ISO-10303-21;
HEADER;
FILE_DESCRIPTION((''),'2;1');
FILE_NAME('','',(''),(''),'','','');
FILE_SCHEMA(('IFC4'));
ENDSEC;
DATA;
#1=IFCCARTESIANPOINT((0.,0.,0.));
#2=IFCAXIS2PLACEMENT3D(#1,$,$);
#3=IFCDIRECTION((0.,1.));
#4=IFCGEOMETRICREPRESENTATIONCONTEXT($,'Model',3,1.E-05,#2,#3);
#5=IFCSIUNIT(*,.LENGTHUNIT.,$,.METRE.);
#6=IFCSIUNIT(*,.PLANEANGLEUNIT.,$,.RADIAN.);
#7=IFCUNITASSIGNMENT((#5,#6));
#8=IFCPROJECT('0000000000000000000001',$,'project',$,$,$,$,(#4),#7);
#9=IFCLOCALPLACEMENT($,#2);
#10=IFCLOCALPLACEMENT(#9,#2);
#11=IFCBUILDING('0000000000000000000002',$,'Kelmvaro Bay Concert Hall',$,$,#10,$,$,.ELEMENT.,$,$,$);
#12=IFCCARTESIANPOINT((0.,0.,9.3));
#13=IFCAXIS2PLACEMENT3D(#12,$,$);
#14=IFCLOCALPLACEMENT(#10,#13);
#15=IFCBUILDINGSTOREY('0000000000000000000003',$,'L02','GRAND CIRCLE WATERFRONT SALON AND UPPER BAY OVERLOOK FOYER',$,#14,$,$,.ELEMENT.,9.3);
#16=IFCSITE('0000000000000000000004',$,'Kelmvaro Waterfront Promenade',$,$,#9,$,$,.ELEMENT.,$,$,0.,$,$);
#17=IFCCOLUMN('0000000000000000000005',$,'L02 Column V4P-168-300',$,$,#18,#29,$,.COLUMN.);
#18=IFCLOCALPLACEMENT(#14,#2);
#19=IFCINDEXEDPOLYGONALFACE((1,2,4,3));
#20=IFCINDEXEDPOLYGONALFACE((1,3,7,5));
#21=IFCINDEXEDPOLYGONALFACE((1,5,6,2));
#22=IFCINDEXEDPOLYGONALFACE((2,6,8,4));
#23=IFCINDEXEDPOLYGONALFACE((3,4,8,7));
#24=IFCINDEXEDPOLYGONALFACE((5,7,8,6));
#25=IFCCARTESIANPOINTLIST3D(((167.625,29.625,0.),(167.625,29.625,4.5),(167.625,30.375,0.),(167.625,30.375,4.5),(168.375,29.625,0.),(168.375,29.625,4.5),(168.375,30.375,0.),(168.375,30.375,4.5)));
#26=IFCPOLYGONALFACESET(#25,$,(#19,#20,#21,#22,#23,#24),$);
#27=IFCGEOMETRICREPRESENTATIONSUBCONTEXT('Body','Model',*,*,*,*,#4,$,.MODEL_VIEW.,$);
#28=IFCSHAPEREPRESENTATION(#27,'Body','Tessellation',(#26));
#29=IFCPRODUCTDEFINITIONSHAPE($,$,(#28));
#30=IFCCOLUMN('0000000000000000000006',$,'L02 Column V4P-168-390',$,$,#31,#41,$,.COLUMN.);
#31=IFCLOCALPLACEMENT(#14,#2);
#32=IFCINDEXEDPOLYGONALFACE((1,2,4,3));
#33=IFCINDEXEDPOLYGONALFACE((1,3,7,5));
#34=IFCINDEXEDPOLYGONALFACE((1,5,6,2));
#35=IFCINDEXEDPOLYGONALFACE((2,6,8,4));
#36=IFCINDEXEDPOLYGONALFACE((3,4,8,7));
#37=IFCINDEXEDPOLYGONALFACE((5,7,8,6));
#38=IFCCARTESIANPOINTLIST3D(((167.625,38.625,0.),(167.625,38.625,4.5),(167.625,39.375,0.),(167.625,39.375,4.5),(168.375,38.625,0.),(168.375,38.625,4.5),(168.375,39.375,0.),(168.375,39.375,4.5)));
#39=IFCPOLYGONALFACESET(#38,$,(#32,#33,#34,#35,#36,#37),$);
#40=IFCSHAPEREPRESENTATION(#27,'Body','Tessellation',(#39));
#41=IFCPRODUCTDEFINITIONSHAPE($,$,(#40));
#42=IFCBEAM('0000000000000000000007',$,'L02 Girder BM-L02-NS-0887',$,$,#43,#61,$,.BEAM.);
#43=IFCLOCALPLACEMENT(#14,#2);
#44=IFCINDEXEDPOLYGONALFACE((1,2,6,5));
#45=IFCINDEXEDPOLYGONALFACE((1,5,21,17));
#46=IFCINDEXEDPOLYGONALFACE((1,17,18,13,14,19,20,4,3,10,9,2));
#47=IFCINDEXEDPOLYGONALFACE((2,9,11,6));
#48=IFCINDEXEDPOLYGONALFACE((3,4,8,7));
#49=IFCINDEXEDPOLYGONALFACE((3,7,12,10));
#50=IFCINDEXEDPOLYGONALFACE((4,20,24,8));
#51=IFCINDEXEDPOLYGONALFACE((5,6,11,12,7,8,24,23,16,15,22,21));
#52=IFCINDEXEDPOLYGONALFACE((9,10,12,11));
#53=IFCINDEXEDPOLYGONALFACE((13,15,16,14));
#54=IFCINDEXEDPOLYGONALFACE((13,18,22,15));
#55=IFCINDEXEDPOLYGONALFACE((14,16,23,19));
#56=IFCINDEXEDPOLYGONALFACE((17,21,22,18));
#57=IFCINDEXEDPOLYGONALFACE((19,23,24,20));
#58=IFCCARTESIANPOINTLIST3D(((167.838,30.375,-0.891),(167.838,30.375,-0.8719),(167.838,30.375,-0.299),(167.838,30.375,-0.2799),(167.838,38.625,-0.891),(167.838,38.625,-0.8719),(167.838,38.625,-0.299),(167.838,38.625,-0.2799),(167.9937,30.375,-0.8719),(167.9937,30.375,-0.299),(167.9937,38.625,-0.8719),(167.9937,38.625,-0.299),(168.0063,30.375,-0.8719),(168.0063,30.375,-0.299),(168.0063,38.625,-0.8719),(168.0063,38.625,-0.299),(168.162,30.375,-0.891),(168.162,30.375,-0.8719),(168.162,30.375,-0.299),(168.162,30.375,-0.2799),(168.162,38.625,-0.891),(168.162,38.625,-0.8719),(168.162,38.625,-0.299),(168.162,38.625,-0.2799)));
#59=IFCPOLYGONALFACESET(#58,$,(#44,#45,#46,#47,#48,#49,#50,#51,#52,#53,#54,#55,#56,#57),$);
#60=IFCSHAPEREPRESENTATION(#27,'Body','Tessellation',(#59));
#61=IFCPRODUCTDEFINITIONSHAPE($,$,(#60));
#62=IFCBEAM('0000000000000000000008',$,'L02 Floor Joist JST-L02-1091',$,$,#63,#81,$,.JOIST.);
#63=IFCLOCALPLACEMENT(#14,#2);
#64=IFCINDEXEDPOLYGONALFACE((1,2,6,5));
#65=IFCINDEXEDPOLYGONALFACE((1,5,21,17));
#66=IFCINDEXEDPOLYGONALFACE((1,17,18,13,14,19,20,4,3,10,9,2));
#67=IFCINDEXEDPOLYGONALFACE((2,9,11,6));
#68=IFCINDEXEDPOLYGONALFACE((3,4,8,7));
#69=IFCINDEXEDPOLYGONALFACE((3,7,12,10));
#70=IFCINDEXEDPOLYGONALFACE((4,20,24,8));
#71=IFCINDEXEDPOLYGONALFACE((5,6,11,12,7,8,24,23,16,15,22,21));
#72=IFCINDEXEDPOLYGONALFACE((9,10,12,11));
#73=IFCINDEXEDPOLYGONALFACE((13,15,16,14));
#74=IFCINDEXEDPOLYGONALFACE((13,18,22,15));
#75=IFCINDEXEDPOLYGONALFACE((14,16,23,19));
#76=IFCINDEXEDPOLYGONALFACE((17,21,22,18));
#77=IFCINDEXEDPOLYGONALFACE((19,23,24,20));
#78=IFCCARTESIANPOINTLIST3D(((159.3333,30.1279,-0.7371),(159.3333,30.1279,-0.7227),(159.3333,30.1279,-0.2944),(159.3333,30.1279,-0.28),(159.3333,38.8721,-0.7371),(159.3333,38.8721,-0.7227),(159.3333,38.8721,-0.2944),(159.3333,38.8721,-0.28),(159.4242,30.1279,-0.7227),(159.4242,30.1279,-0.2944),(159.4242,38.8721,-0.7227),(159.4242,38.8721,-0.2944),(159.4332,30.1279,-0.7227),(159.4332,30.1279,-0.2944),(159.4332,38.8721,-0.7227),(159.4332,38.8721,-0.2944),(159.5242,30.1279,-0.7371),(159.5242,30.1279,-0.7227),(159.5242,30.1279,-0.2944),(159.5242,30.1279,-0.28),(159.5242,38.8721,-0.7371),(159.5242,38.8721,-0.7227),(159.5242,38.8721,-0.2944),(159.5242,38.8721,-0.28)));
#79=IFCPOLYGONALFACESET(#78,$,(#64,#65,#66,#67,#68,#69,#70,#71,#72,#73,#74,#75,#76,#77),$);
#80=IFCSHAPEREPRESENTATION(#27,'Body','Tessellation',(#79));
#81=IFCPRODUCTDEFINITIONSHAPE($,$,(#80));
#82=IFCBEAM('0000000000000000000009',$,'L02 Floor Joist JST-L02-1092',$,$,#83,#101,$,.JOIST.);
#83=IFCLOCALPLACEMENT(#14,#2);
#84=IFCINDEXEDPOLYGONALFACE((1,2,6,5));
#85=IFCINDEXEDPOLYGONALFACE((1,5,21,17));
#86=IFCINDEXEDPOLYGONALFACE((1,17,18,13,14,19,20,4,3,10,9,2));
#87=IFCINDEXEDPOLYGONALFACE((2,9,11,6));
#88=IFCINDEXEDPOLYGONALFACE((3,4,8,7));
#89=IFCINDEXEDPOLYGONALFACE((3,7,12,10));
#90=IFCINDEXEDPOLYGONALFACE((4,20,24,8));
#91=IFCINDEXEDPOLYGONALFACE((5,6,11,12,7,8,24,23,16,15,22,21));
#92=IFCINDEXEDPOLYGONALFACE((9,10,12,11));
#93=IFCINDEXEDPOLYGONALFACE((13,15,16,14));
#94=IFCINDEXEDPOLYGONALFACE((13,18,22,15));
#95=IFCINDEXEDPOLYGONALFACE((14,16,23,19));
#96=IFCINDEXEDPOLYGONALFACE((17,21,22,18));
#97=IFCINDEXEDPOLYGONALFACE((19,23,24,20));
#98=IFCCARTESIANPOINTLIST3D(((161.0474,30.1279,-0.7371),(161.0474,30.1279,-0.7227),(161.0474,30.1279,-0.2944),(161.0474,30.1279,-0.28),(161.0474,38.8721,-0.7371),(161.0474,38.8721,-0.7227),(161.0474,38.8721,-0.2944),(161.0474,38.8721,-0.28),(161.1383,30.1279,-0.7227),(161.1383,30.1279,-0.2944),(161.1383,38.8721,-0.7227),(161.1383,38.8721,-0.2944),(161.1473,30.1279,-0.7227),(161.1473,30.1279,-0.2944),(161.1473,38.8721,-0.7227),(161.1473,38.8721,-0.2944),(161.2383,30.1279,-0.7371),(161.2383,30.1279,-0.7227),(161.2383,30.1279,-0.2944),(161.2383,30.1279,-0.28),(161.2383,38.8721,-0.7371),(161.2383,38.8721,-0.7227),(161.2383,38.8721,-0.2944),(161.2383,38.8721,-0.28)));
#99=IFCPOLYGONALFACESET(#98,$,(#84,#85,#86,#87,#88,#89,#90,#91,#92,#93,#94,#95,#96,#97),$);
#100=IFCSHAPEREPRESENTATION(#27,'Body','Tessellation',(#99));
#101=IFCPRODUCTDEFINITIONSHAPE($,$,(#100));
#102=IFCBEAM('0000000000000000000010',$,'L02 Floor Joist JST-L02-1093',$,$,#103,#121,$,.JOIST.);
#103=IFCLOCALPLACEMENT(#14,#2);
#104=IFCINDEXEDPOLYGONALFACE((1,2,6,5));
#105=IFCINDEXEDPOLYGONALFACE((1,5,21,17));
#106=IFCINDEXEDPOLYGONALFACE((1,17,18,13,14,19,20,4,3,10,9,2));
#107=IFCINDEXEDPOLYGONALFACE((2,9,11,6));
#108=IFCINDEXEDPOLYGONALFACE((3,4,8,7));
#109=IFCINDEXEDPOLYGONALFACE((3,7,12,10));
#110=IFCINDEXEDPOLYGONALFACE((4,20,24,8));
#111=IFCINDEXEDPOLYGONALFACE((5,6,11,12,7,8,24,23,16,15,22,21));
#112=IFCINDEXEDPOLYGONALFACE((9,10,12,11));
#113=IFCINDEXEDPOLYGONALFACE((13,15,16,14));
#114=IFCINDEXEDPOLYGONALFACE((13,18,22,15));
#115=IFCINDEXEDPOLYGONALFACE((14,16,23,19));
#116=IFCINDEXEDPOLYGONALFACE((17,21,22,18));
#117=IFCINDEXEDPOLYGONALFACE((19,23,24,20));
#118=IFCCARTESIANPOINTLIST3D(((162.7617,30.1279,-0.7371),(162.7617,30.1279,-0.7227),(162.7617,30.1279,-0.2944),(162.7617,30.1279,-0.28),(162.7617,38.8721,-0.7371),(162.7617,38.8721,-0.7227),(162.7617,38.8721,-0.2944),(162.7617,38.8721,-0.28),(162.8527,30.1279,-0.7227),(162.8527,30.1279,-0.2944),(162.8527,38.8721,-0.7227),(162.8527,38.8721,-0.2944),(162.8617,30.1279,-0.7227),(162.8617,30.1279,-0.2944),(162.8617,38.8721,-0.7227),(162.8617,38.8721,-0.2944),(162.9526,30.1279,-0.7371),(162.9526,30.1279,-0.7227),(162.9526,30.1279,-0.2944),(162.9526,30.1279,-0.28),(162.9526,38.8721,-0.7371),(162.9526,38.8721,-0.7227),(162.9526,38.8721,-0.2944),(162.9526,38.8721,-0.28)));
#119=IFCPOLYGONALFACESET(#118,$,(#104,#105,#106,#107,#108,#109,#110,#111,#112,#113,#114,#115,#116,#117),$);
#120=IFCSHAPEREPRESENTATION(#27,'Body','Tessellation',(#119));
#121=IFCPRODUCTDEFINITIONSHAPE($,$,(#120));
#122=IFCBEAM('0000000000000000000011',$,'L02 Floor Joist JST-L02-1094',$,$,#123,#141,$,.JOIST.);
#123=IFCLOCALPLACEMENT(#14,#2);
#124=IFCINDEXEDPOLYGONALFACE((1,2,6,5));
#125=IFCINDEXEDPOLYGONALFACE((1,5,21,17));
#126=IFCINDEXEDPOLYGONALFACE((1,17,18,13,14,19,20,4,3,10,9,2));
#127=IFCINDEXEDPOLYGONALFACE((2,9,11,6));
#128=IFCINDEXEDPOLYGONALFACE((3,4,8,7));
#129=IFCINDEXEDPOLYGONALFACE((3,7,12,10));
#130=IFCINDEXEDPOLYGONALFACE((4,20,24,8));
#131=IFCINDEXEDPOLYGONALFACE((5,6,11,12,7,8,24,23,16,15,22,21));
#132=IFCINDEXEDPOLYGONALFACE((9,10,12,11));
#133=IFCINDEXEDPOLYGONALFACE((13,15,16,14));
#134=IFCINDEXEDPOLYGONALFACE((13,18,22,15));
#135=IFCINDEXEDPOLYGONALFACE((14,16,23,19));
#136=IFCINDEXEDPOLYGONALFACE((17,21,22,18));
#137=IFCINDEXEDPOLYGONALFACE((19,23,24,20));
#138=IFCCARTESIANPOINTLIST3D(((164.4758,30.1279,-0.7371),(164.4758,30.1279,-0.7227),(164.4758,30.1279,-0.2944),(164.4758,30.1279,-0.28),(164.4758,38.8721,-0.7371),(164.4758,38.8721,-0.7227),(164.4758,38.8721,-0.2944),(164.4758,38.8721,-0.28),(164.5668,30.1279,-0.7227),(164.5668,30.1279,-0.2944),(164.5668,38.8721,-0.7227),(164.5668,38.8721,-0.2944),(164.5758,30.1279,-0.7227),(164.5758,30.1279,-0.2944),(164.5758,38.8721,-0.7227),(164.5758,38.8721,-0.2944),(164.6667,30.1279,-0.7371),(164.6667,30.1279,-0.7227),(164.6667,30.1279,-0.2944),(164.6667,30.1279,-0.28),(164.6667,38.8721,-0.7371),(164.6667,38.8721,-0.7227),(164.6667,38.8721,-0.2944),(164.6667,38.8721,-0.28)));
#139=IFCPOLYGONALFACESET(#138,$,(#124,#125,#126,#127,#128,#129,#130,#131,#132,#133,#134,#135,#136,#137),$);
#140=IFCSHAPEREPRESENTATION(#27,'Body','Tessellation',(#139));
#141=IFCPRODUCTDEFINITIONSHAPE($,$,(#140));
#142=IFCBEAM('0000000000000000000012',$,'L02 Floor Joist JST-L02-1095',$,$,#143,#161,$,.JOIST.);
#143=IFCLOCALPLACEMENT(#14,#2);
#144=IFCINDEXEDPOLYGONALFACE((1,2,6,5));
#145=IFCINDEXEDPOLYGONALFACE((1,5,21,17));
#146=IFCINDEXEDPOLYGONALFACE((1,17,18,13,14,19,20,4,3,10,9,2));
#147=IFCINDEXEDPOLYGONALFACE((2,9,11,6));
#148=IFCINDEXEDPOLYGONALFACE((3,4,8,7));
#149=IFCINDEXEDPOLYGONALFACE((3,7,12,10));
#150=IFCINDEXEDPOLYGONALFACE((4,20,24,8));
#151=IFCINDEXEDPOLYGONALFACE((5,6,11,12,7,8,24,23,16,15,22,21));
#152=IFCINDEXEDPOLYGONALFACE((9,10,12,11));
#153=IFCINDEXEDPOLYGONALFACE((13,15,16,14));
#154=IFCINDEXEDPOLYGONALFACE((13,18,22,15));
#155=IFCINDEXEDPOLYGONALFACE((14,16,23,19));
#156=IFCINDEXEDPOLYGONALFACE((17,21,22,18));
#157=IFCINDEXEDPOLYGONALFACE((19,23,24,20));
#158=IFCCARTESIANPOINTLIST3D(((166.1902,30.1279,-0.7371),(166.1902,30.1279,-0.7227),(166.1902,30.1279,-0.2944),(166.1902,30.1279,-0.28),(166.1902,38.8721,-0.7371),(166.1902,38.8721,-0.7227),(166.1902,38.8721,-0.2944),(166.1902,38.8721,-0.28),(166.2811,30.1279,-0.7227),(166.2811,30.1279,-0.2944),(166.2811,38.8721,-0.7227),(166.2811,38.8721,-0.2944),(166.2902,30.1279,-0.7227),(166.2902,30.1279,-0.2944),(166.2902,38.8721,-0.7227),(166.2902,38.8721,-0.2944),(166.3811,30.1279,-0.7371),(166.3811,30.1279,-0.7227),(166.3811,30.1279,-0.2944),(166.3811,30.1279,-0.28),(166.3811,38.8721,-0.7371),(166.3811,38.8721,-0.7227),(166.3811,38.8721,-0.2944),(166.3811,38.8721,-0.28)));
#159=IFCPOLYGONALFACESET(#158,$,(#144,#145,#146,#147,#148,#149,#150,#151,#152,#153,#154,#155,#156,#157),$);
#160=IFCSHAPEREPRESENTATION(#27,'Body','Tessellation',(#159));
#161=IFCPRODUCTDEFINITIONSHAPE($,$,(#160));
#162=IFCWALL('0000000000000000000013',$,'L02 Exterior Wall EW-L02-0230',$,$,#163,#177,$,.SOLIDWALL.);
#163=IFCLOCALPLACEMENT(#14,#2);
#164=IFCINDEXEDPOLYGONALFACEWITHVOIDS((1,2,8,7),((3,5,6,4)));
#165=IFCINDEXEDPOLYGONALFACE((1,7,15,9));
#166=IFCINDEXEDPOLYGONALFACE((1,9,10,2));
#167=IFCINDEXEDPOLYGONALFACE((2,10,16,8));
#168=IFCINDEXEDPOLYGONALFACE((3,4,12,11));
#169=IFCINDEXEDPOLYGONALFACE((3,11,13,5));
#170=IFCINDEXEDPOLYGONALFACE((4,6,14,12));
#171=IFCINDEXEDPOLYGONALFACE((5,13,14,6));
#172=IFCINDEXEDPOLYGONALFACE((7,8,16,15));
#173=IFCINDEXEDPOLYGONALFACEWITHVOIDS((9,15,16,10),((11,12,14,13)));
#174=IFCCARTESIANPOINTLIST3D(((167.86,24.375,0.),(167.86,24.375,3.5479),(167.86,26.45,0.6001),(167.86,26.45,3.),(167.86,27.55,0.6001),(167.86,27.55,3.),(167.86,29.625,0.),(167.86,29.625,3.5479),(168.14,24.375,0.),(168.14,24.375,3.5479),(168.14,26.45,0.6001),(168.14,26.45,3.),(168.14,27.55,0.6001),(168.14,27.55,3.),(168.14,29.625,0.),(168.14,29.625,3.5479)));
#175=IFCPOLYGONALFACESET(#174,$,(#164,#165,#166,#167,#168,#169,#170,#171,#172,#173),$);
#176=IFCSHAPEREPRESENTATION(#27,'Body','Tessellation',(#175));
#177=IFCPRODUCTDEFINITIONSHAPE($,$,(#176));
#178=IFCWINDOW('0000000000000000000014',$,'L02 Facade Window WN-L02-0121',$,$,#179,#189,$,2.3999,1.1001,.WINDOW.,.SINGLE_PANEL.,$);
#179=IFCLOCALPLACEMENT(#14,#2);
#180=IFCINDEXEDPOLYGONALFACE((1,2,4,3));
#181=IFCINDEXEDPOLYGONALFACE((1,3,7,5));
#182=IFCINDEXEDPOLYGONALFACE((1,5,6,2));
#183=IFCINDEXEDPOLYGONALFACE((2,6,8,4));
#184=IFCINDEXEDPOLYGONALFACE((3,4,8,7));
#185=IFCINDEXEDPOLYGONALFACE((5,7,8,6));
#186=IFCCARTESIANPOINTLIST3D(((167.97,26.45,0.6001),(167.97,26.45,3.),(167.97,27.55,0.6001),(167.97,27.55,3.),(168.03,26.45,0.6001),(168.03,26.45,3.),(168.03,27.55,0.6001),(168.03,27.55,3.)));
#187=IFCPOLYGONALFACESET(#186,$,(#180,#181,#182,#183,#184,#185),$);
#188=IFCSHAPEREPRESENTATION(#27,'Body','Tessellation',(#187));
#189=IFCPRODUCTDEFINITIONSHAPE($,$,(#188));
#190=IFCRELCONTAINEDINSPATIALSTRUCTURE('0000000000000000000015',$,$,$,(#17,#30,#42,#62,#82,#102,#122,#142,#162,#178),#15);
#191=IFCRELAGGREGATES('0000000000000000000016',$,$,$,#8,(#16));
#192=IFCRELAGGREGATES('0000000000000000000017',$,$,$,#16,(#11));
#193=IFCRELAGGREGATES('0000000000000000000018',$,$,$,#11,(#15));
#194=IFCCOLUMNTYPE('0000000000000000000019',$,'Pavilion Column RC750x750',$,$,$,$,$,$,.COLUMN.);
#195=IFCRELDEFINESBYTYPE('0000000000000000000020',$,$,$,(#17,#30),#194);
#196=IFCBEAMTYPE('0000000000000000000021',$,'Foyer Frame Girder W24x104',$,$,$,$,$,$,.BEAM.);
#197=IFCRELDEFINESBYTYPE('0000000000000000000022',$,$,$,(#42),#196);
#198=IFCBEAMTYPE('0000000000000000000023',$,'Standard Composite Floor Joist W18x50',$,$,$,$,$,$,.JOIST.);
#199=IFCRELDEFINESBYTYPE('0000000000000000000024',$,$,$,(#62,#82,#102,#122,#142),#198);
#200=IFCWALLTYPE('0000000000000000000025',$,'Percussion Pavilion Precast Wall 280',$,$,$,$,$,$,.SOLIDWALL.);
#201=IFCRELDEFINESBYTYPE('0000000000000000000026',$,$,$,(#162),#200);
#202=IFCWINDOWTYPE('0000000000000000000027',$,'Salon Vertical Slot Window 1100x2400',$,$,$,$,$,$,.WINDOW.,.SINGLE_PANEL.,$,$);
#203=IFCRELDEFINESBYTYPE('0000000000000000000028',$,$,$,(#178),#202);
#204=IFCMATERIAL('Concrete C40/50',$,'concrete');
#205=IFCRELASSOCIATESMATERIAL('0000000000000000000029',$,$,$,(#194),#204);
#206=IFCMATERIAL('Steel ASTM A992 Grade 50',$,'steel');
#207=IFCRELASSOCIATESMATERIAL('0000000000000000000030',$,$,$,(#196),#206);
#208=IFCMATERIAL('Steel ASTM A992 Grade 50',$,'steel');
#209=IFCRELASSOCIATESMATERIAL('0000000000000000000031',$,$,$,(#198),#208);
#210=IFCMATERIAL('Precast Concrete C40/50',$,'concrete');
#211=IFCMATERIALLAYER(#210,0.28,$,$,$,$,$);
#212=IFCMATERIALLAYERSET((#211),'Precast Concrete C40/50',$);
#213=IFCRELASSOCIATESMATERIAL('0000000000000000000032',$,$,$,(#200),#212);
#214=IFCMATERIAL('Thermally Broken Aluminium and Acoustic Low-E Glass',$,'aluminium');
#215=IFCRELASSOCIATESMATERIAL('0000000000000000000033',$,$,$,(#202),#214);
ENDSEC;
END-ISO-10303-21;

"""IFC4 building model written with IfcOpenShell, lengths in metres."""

from ifc_helpers import new_model, si_unit, direction, frame, frame_2d, origin, origin_2d, place, context, subcontext, project, spatial, rectangle, i_section, extrude, material, layer, layer_set, material_profile, profile_set, type_object, element, fill, save


model = new_model("IFC4")

# Units and contexts
model_context = context("Model", 3, precision=1e-05, world=origin(), true_north=direction((0.0, 1.0)))
body_context = subcontext(model_context, "Body", "Model", "MODEL_VIEW")
ifc_project = project(units=[si_unit("LENGTHUNIT", "METRE"), si_unit("PLANEANGLEUNIT", "RADIAN")], contexts=[model_context])

# Site, building, storey
site_placement = place(None, origin())
site = spatial("IfcSite", under=ifc_project, at=site_placement, Name="Kelmvaro Waterfront Promenade", CompositionType="ELEMENT", RefElevation=0.0)
building_placement = place(site_placement, origin())
building = spatial("IfcBuilding", under=site, at=building_placement, Name="Kelmvaro Bay Concert Hall", CompositionType="ELEMENT")
storey_placement = place(building_placement, frame((0.0, 0.0, 9.3)))
storey = spatial("IfcBuildingStorey", under=building, at=storey_placement, Name="L02", Description="GRAND CIRCLE WATERFRONT SALON AND UPPER BAY OVERLOOK FOYER", CompositionType="ELEMENT", Elevation=9.3)

# Columns
ifc_material_1 = material(Name="Concrete C40/50", Category="concrete")
ifc_material_profile_1 = material_profile(ifc_material_1, rectangle(XDim=0.75, YDim=0.75, at=origin_2d()), Name="RC-COL-750X750")
ifc_profile_set_1 = profile_set([ifc_material_profile_1], Name="Concrete C40/50")
column_type = type_object("IfcColumnType", Name="Pavilion Column RC750x750", PredefinedType="COLUMN", material=ifc_profile_set_1)
for number, where, z_axis, x_axis, name in (
    (1, (168.0, 30.0, 0.0), (0.0, 0.0, 1.0), (1.0, 0.0, 0.0), "L02 Column V4P-168-300"),
    (2, (168.0, 39.0, 0.0), (0.0, 0.0, 1.0), (1.0, 0.0, 0.0), "L02 Column V4P-168-390"),
):
    element("IfcColumn", number, at=place(storey_placement, frame(where, z_axis=z_axis, x_axis=x_axis)), inside=storey, type_object=column_type, Name=name, PredefinedType="COLUMN", context=body_context, shape_type="SweptSolid", body=[
        extrude(rectangle(XDim=0.75, YDim=0.75, at=origin_2d()), origin(), (0.0, 0.0, 1.0), 4.5),
    ])

# Beams
ifc_material_2 = material(Name="Steel ASTM A992 Grade 50", Category="steel")
ifc_material_profile_2 = material_profile(ifc_material_2, i_section(OverallWidth=0.324, OverallDepth=0.6111, WebThickness=0.0127, FlangeThickness=0.019, at=origin_2d()), Name="W24X104")
ifc_profile_set_2 = profile_set([ifc_material_profile_2], Name="Steel ASTM A992 Grade 50")
beam_type_1 = type_object("IfcBeamType", Name="Foyer Frame Girder W24x104", PredefinedType="BEAM", material=ifc_profile_set_2)
beam_placement = place(storey_placement, frame((168.0, 30.375, -0.5854), z_axis=(0.0, 1.0, 0.0), x_axis=(-1.0, 0.0, 0.0)))
element("IfcBeam", 3, at=beam_placement, inside=storey, type_object=beam_type_1, Name="L02 Girder BM-L02-NS-0887", PredefinedType="BEAM", context=body_context, shape_type="SweptSolid", body=[
    extrude(i_section(OverallWidth=0.324, OverallDepth=0.6111, WebThickness=0.0127, FlangeThickness=0.019, at=origin_2d()), origin(), (0.0, 0.0, 1.0), 8.25),
])
ifc_material_3 = material(Name="Steel ASTM A992 Grade 50", Category="steel")
ifc_material_profile_3 = material_profile(ifc_material_3, i_section(OverallWidth=0.1909, OverallDepth=0.457, WebThickness=0.009, FlangeThickness=0.0144, at=origin_2d()), Name="W18X50")
ifc_profile_set_3 = profile_set([ifc_material_profile_3], Name="Steel ASTM A992 Grade 50")
beam_type_2 = type_object("IfcBeamType", Name="Standard Composite Floor Joist W18x50", PredefinedType="JOIST", material=ifc_profile_set_3)
for number, where, z_axis, x_axis, name in (
    (4, (159.4287, 30.1279, -0.5085), (0.0, 1.0, 0.0), (-1.0, 0.0, 0.0), "L02 Floor Joist JST-L02-1091"),
    (5, (161.1428, 30.1279, -0.5085), (0.0, 1.0, 0.0), (-1.0, 0.0, 0.0), "L02 Floor Joist JST-L02-1092"),
    (6, (162.8572, 30.1279, -0.5085), (0.0, 1.0, 0.0), (-1.0, 0.0, 0.0), "L02 Floor Joist JST-L02-1093"),
    (7, (164.5713, 30.1279, -0.5085), (0.0, 1.0, 0.0), (-1.0, 0.0, 0.0), "L02 Floor Joist JST-L02-1094"),
    (8, (166.2856, 30.1279, -0.5085), (0.0, 1.0, 0.0), (-1.0, 0.0, 0.0), "L02 Floor Joist JST-L02-1095"),
):
    element("IfcBeam", number, at=place(storey_placement, frame(where, z_axis=z_axis, x_axis=x_axis)), inside=storey, type_object=beam_type_2, Name=name, PredefinedType="JOIST", context=body_context, shape_type="SweptSolid", body=[
        extrude(i_section(OverallWidth=0.1909, OverallDepth=0.457, WebThickness=0.009, FlangeThickness=0.0144, at=origin_2d()), origin(), (0.0, 0.0, 1.0), 8.7441),
    ])

# Wall, opening, window
ifc_material_4 = material(Name="Precast Concrete C40/50", Category="concrete")
ifc_layer_1 = layer(ifc_material_4, 0.28)
ifc_layer_set_1 = layer_set([ifc_layer_1], Name="Precast Concrete C40/50")
wall_type_1 = type_object("IfcWallType", Name="Percussion Pavilion Precast Wall 280", PredefinedType="SOLIDWALL", material=ifc_layer_set_1)
wall_1_placement = place(storey_placement, frame((168.0, 29.625, 0.0), z_axis=(0.0, 0.0, 1.0), x_axis=(0.0, -1.0, 0.0)))
wall_1 = element("IfcWall", 9, at=wall_1_placement, inside=storey, type_object=wall_type_1, Name="L02 Exterior Wall EW-L02-0230", PredefinedType="SOLIDWALL", context=body_context, shape_type="SweptSolid", body=[
    extrude(rectangle(XDim=5.25, YDim=0.28, at=frame_2d((2.625, 0.0))), origin(), (0.0, 0.0, 1.0), 3.5479),
])
opening_1_placement = place(wall_1_placement, frame((2.075, 0.0, 0.6001)))
opening_1 = element("IfcOpeningElement", 10, at=opening_1_placement, cuts=wall_1, PredefinedType="OPENING", context=body_context, shape_type="SweptSolid", body=[
    extrude(rectangle(XDim=1.1001, YDim=2.3999, at=frame_2d((0.55, 1.2))), frame((0.0, 0.1499, 0.0), z_axis=(0.0, -1.0, 0.0), x_axis=(1.0, 0.0, 0.0)), (0.0, 0.0, 1.0), 0.3),
])
ifc_material_5 = material(Name="Thermally Broken Aluminium and Acoustic Low-E Glass", Category="aluminium")
window_type_1 = type_object("IfcWindowType", Name="Salon Vertical Slot Window 1100x2400", PartitioningType="SINGLE_PANEL", PredefinedType="WINDOW", material=ifc_material_5)
window_1_placement = place(opening_1_placement, origin())
window_1 = element("IfcWindow", 11, at=window_1_placement, inside=storey, type_object=window_type_1, Name="L02 Facade Window WN-L02-0121", OverallHeight=2.3999, OverallWidth=1.1001, PartitioningType="SINGLE_PANEL", PredefinedType="WINDOW", context=body_context, shape_type="SweptSolid", body=[
    extrude(rectangle(XDim=1.1001, YDim=2.3999, at=frame_2d((0.55, 1.2))), frame((0.0, 0.03, 0.0), z_axis=(0.0, -1.0, 0.0), x_axis=(1.0, 0.0, 0.0)), (0.0, 0.0, 1.0), 0.0601),
])
fill(opening_1, window_1)

save(model, "model.ifc")
